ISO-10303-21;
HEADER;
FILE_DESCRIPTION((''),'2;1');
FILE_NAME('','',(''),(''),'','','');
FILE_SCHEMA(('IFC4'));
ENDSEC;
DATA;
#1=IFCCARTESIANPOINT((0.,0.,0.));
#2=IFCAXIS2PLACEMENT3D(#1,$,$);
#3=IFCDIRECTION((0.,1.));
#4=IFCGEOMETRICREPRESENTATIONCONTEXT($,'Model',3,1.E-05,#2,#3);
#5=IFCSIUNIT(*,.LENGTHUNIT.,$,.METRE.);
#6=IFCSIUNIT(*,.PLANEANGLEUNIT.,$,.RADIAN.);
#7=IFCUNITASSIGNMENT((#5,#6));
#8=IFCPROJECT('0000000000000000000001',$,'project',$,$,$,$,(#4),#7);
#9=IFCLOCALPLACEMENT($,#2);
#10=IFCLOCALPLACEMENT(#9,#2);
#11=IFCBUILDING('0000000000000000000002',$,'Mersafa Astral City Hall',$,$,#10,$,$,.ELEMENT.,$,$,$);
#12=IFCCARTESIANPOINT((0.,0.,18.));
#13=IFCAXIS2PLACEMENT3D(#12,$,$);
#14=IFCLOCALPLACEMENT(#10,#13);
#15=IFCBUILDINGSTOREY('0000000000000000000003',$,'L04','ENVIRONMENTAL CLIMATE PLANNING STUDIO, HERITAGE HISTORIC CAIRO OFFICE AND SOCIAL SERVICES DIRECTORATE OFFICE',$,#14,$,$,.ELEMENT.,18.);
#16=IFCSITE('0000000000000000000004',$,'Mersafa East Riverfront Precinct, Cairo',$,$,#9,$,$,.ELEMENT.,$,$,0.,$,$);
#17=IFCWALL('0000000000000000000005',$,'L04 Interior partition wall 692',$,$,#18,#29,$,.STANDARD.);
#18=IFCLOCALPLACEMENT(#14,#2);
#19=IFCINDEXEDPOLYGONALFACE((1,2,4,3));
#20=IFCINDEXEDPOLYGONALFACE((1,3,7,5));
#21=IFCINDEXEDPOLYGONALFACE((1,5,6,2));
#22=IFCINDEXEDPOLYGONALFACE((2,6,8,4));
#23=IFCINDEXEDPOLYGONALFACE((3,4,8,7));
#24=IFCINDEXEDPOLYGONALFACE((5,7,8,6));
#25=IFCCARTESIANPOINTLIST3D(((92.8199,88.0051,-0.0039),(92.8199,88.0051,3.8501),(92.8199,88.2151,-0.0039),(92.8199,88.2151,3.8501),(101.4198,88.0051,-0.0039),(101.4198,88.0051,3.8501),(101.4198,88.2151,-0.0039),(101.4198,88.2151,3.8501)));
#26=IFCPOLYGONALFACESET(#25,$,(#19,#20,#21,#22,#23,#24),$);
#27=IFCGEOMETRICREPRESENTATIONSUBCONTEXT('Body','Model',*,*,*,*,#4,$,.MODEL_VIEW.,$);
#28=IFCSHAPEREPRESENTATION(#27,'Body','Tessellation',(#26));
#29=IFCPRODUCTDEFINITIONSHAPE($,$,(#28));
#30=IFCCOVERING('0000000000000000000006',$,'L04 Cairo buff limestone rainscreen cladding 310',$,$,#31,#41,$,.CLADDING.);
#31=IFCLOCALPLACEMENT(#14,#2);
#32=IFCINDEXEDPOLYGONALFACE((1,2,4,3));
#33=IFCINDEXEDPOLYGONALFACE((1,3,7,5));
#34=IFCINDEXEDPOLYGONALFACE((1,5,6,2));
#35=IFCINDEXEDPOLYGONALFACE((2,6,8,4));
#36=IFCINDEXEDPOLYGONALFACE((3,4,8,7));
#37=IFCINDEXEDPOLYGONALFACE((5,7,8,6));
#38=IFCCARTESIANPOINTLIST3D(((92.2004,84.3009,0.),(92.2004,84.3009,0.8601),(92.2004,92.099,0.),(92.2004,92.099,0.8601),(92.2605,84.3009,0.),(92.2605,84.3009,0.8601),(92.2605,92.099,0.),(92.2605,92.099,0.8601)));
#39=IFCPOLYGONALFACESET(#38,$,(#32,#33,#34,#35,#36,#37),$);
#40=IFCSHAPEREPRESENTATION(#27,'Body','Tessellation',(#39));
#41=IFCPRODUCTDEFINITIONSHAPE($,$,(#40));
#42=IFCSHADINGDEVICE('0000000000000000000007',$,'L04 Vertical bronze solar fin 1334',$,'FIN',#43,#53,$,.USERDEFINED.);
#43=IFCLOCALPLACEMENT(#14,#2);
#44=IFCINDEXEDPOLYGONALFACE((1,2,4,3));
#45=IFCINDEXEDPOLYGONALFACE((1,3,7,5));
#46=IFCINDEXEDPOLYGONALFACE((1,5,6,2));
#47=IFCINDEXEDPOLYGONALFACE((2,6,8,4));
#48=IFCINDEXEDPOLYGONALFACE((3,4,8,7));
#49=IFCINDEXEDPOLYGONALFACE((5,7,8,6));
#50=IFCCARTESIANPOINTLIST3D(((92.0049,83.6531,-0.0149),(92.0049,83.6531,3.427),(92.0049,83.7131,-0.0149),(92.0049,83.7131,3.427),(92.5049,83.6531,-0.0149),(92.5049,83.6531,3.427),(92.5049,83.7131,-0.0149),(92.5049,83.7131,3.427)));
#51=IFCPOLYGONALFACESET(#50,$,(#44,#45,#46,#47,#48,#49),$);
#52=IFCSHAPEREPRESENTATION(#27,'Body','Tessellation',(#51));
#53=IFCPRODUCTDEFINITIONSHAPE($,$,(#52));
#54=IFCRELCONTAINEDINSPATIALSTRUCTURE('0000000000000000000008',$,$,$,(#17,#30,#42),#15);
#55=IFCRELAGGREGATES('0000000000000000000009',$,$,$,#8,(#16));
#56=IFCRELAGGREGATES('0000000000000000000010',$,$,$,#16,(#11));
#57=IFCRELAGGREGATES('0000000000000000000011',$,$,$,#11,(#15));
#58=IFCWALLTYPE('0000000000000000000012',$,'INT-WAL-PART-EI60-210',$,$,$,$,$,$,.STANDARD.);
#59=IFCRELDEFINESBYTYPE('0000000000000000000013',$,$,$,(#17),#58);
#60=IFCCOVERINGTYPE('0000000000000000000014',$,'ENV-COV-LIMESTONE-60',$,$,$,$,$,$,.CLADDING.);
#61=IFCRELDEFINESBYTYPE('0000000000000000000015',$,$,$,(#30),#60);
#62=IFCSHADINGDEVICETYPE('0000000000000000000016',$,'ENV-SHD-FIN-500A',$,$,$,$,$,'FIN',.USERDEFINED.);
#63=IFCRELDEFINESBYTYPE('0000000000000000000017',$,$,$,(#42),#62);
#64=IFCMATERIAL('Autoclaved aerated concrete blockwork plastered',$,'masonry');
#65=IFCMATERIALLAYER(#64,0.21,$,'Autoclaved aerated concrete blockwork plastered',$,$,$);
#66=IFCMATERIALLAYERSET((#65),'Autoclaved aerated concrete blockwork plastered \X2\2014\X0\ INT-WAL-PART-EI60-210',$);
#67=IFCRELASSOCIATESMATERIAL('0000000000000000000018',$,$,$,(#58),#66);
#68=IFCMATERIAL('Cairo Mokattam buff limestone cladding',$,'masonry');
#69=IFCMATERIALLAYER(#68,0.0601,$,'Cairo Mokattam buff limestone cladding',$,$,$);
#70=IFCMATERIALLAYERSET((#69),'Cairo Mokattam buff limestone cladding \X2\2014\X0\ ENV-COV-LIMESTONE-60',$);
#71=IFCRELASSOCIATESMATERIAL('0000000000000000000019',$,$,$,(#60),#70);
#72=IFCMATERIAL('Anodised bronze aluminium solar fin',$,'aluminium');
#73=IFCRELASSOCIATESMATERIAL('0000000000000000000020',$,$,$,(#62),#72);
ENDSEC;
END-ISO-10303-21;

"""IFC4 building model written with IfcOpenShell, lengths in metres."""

from ifc_helpers import new_model, si_unit, direction, frame, frame_2d, origin, origin_2d, place, context, subcontext, project, spatial, rectangle, extrude, material, layer, layer_set, type_object, element, save


model = new_model("IFC4")

# Units and contexts
model_context = context("Model", 3, precision=1e-05, world=origin(), true_north=direction((0.0, 1.0)))
body_context = subcontext(model_context, "Body", "Model", "MODEL_VIEW")
ifc_project = project(units=[si_unit("LENGTHUNIT", "METRE"), si_unit("PLANEANGLEUNIT", "RADIAN")], contexts=[model_context])

# Site, building, storey
site_placement = place(None, origin())
site = spatial("IfcSite", under=ifc_project, at=site_placement, Name="Mersafa East Riverfront Precinct, Cairo", CompositionType="ELEMENT", RefElevation=0.0)
building_placement = place(site_placement, origin())
building = spatial("IfcBuilding", under=site, at=building_placement, Name="Mersafa Astral City Hall", CompositionType="ELEMENT")
storey_placement = place(building_placement, frame((0.0, 0.0, 18.0)))
storey = spatial("IfcBuildingStorey", under=building, at=storey_placement, Name="L04", Description="ENVIRONMENTAL CLIMATE PLANNING STUDIO, HERITAGE HISTORIC CAIRO OFFICE AND SOCIAL SERVICES DIRECTORATE OFFICE", CompositionType="ELEMENT", Elevation=18.0)

# Wall
ifc_material_1 = material(Name="Autoclaved aerated concrete blockwork plastered", Category="masonry")
ifc_layer_1 = layer(ifc_material_1, 0.21, Name="Autoclaved aerated concrete blockwork plastered")
ifc_layer_set_1 = layer_set([ifc_layer_1], Name="Autoclaved aerated concrete blockwork plastered — INT-WAL-PART-EI60-210")
wall_type_1 = type_object("IfcWallType", Name="INT-WAL-PART-EI60-210", PredefinedType="STANDARD", material=ifc_layer_set_1)
wall_1_placement = place(storey_placement, frame((92.8201, 88.1101, -0.0039), z_axis=(0.0, 0.0, 1.0), x_axis=(1.0, 0.0, 0.0)))
element("IfcWall", 1, at=wall_1_placement, inside=storey, type_object=wall_type_1, Name="L04 Interior partition wall 692", PredefinedType="STANDARD", context=body_context, shape_type="SweptSolid", body=[
    extrude(rectangle(XDim=8.5999, YDim=0.21, at=frame_2d((4.2998, 0.0))), origin(), (0.0, 0.0, 1.0), 3.854),
])

# Covering
ifc_material_2 = material(Name="Cairo Mokattam buff limestone cladding", Category="masonry")
ifc_layer_2 = layer(ifc_material_2, 0.0601, Name="Cairo Mokattam buff limestone cladding")
ifc_layer_set_2 = layer_set([ifc_layer_2], Name="Cairo Mokattam buff limestone cladding — ENV-COV-LIMESTONE-60")
covering_type = type_object("IfcCoveringType", Name="ENV-COV-LIMESTONE-60", PredefinedType="CLADDING", material=ifc_layer_set_2)
covering_placement = place(storey_placement, frame((92.2305, 88.2, 0.0), z_axis=(0.0, 0.0, 1.0), x_axis=(0.0, -1.0, 0.0)))
element("IfcCovering", 2, at=covering_placement, inside=storey, type_object=covering_type, Name="L04 Cairo buff limestone rainscreen cladding 310", PredefinedType="CLADDING", context=body_context, shape_type="SweptSolid", body=[
    extrude(rectangle(XDim=7.7981, YDim=0.0601, at=origin_2d()), origin(), (0.0, 0.0, 1.0), 0.8601),
])

# Shading device
ifc_material_3 = material(Name="Anodised bronze aluminium solar fin", Category="aluminium")
shading_device_type = type_object("IfcShadingDeviceType", Name="ENV-SHD-FIN-500A", ElementType="FIN", PredefinedType="USERDEFINED", material=ifc_material_3)
shading_device_placement = place(storey_placement, frame((92.2549, 83.6831, -0.0149), z_axis=(0.0, 0.0, 1.0), x_axis=(0.0, -1.0, 0.0)))
element("IfcShadingDevice", 3, at=shading_device_placement, inside=storey, type_object=shading_device_type, Name="L04 Vertical bronze solar fin 1334", ObjectType="FIN", PredefinedType="USERDEFINED", context=body_context, shape_type="SweptSolid", body=[
    extrude(rectangle(XDim=0.0601, YDim=0.5, at=origin_2d()), origin(), (0.0, 0.0, 1.0), 3.4419),
])

save(model, "model.ifc")
